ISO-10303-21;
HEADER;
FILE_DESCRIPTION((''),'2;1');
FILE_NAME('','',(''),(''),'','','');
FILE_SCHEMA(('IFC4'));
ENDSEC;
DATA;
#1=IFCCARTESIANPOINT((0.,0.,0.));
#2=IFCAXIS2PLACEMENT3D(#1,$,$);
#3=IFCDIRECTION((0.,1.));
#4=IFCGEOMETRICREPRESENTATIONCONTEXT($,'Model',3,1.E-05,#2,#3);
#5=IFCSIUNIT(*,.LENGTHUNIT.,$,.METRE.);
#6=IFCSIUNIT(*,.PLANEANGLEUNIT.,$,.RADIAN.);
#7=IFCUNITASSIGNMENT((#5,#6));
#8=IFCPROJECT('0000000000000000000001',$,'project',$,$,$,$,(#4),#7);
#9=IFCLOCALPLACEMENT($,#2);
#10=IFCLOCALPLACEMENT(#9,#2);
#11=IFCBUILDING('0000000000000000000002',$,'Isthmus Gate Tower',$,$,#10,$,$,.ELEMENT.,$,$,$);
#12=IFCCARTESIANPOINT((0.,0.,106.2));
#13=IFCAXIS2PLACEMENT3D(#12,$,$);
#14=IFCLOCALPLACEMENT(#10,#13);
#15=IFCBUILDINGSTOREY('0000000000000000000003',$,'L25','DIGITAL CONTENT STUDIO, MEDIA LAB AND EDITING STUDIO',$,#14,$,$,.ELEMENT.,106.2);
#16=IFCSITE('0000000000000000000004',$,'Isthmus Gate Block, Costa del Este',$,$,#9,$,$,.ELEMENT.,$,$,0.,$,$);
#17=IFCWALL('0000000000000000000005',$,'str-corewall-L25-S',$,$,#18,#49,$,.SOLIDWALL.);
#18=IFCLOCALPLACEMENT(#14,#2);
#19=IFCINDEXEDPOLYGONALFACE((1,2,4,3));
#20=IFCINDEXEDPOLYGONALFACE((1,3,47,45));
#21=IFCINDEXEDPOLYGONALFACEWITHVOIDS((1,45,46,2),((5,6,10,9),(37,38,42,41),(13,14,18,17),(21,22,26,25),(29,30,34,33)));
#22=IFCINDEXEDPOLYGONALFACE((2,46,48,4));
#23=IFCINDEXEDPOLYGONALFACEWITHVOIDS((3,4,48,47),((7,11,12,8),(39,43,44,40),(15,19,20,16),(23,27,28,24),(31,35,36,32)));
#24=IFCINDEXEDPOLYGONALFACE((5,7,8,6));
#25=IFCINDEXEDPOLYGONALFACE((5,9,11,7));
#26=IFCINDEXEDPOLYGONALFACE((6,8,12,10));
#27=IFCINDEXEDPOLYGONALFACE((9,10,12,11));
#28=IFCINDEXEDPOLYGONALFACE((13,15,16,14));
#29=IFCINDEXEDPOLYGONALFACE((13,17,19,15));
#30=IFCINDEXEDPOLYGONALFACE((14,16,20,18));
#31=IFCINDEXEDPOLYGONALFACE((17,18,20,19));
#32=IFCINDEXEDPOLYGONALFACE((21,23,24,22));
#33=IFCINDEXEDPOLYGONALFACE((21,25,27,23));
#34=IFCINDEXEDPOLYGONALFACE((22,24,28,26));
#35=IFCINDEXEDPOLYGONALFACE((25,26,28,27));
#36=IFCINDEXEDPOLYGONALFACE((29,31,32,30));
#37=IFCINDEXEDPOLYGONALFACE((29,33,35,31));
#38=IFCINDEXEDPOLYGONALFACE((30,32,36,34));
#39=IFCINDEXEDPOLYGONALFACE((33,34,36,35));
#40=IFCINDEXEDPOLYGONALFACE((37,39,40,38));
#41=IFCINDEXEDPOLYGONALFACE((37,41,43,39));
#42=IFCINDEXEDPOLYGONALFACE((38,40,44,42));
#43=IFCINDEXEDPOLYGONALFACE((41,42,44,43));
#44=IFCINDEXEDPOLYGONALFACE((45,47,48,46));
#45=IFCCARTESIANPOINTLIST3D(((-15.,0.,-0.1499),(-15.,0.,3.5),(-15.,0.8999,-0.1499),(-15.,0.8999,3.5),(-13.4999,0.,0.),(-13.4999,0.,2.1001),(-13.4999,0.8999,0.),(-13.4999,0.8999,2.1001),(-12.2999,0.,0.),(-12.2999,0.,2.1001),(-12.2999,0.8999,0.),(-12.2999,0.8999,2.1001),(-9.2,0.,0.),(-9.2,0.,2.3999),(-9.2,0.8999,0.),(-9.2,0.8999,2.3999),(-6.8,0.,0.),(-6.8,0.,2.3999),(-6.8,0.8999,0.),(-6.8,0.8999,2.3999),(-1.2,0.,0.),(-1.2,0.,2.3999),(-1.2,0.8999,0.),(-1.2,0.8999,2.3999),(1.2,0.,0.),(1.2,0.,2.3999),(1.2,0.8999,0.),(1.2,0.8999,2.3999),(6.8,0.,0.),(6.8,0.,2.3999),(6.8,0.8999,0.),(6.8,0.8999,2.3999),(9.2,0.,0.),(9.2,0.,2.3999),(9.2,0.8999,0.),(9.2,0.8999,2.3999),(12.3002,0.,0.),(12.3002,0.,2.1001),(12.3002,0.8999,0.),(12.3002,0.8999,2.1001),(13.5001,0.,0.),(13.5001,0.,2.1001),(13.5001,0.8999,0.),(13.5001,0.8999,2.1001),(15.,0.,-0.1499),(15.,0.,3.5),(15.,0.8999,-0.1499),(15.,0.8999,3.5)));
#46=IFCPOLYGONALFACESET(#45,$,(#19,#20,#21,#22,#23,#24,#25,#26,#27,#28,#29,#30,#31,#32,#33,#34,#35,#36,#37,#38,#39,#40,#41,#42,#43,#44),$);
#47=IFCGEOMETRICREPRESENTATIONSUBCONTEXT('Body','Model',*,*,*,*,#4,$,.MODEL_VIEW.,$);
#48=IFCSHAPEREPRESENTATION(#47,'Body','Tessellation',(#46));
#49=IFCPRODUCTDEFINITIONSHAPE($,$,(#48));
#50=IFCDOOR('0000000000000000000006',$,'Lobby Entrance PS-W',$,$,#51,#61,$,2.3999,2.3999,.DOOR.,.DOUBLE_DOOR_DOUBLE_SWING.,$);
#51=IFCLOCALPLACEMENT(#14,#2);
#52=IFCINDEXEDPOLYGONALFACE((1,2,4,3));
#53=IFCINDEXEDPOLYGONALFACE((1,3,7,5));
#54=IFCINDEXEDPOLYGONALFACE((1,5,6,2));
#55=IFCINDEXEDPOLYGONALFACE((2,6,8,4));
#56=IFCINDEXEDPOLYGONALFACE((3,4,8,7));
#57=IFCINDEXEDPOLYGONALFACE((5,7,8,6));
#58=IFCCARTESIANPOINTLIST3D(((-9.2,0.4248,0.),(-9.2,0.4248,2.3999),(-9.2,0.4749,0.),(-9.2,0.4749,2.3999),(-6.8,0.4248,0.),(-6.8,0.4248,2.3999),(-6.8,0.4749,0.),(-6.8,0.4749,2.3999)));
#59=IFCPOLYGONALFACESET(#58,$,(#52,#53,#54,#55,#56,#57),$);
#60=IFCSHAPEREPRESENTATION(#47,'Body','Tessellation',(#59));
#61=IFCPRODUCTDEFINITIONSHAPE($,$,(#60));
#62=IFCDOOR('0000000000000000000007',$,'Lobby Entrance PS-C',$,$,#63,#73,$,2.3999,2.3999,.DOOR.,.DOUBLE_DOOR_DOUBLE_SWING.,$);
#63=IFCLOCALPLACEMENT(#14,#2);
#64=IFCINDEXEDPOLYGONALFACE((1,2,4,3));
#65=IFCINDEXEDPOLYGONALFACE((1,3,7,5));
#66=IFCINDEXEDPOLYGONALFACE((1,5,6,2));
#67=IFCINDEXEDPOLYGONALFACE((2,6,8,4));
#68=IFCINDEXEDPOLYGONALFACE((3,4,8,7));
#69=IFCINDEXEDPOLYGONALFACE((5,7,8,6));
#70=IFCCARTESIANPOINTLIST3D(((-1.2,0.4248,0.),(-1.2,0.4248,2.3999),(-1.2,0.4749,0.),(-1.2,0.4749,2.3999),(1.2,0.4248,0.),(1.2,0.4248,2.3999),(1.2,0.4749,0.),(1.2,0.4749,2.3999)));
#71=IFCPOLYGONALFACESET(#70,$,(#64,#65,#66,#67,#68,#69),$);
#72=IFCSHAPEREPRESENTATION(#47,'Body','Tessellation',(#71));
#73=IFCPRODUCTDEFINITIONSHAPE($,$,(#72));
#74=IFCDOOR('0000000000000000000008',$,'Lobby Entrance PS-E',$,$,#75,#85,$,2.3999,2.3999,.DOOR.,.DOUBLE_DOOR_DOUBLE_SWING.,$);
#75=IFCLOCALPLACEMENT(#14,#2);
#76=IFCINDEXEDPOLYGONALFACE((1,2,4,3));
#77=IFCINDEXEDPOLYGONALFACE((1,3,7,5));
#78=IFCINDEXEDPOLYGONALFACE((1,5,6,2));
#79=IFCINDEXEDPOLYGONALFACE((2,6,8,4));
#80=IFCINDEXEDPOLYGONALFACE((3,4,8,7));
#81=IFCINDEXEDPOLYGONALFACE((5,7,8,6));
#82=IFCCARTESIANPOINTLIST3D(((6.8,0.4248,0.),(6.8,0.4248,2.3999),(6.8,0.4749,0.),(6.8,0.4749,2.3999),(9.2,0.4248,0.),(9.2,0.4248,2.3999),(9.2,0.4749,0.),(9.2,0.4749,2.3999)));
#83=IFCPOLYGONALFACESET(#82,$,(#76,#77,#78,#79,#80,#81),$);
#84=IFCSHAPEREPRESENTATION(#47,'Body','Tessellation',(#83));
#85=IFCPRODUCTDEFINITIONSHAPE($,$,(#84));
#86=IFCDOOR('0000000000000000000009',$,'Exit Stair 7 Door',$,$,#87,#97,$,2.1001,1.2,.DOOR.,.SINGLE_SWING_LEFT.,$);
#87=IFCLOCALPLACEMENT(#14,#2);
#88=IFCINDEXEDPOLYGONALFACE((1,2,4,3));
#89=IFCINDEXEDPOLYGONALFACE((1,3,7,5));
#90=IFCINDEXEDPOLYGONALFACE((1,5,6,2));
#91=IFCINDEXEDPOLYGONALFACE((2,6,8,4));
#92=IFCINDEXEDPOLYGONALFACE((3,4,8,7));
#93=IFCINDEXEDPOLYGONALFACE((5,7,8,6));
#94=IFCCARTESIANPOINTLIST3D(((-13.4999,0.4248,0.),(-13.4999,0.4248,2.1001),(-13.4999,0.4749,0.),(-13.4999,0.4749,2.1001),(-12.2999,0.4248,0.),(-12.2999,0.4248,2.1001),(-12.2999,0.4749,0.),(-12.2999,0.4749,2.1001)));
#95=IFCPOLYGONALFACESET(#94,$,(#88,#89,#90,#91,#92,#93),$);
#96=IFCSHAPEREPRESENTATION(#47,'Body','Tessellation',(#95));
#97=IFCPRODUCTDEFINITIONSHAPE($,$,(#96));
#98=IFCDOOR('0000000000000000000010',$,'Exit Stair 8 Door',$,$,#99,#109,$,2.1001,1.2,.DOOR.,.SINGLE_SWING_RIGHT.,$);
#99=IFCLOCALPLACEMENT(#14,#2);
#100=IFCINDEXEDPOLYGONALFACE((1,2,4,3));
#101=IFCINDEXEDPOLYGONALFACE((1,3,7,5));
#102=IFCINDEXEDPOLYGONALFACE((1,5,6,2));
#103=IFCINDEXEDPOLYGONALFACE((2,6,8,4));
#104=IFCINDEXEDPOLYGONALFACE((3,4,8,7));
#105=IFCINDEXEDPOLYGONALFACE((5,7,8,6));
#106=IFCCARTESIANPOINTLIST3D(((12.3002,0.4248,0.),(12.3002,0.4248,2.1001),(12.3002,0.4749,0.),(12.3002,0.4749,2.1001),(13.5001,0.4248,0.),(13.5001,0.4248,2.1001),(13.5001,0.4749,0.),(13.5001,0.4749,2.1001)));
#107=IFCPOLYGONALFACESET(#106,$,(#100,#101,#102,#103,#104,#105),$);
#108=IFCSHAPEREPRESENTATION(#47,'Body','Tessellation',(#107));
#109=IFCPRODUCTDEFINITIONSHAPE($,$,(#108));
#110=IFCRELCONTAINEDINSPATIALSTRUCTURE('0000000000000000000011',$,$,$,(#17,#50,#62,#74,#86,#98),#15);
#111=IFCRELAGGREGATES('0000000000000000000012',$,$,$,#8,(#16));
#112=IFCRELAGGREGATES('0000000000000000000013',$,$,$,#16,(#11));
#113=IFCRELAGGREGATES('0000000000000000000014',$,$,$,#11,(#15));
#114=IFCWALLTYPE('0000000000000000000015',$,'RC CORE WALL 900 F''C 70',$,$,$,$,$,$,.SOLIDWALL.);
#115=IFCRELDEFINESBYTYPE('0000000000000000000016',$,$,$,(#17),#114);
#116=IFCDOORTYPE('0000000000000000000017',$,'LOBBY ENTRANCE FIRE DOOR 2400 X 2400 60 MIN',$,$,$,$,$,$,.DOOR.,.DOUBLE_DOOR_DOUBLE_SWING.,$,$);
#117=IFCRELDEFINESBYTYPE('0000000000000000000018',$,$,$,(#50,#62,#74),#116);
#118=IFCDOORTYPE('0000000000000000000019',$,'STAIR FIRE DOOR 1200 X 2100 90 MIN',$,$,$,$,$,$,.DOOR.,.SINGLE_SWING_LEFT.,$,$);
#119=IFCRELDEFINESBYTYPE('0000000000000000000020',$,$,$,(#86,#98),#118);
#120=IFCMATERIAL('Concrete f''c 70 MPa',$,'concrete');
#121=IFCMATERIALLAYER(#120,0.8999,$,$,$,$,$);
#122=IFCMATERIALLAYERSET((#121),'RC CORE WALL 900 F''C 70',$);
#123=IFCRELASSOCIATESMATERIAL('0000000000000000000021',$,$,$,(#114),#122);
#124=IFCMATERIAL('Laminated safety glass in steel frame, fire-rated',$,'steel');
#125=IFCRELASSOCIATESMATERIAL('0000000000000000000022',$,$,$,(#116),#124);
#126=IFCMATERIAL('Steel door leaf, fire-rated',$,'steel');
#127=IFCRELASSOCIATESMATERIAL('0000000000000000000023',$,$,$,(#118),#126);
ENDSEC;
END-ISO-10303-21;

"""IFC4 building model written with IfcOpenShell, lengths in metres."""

from ifc_helpers import new_model, si_unit, direction, frame, frame_2d, origin, place, context, subcontext, project, spatial, rectangle, extrude, material, layer, layer_set, type_object, element, fill, save


model = new_model("IFC4")

# Units and contexts
model_context = context("Model", 3, precision=1e-05, world=origin(), true_north=direction((0.0, 1.0)))
body_context = subcontext(model_context, "Body", "Model", "MODEL_VIEW")
ifc_project = project(units=[si_unit("LENGTHUNIT", "METRE"), si_unit("PLANEANGLEUNIT", "RADIAN")], contexts=[model_context])

# Site, building, storey
site_placement = place(None, origin())
site = spatial("IfcSite", under=ifc_project, at=site_placement, Name="Isthmus Gate Block, Costa del Este", CompositionType="ELEMENT", RefElevation=0.0)
building_placement = place(site_placement, origin())
building = spatial("IfcBuilding", under=site, at=building_placement, Name="Isthmus Gate Tower", CompositionType="ELEMENT")
storey_placement = place(building_placement, frame((0.0, 0.0, 106.2)))
storey = spatial("IfcBuildingStorey", under=building, at=storey_placement, Name="L25", Description="DIGITAL CONTENT STUDIO, MEDIA LAB AND EDITING STUDIO", CompositionType="ELEMENT", Elevation=106.2)

# Wall, openings, doors
ifc_material_1 = material(Name="Concrete f'c 70 MPa", Category="concrete")
ifc_layer_1 = layer(ifc_material_1, 0.8999)
ifc_layer_set_1 = layer_set([ifc_layer_1], Name="RC CORE WALL 900 F'C 70")
wall_type_1 = type_object("IfcWallType", Name="RC CORE WALL 900 F'C 70", PredefinedType="SOLIDWALL", material=ifc_layer_set_1)
wall_1_placement = place(storey_placement, frame((-15.0, 0.45, -0.1499), z_axis=(0.0, 0.0, 1.0), x_axis=(1.0, 0.0, 0.0)))
wall_1 = element("IfcWall", 1, at=wall_1_placement, inside=storey, type_object=wall_type_1, Name="str-corewall-L25-S", PredefinedType="SOLIDWALL", context=body_context, shape_type="SweptSolid", body=[
    extrude(rectangle(XDim=30.0, YDim=0.8999, at=frame_2d((15.0, 0.0))), origin(), (0.0, 0.0, 1.0), 3.6499),
])
opening_1_placement = place(wall_1_placement, frame((5.8, 0.0, 0.1499)))
opening_1 = element("IfcOpeningElement", 2, at=opening_1_placement, cuts=wall_1, PredefinedType="OPENING", context=body_context, shape_type="SweptSolid", body=[
    extrude(rectangle(XDim=2.3999, YDim=2.3999, at=frame_2d((1.2, 1.2))), frame((0.0, 0.46, 0.0), z_axis=(0.0, -1.0, 0.0), x_axis=(1.0, 0.0, 0.0)), (0.0, 0.0, 1.0), 0.9199),
])
opening_2_placement = place(wall_1_placement, frame((13.8, 0.0, 0.1499)))
opening_2 = element("IfcOpeningElement", 3, at=opening_2_placement, cuts=wall_1, PredefinedType="OPENING", context=body_context, shape_type="SweptSolid", body=[
    extrude(rectangle(XDim=2.3999, YDim=2.3999, at=frame_2d((1.2, 1.2))), frame((0.0, 0.46, 0.0), z_axis=(0.0, -1.0, 0.0), x_axis=(1.0, 0.0, 0.0)), (0.0, 0.0, 1.0), 0.9199),
])
opening_3_placement = place(wall_1_placement, frame((21.8, 0.0, 0.1499)))
opening_3 = element("IfcOpeningElement", 4, at=opening_3_placement, cuts=wall_1, PredefinedType="OPENING", context=body_context, shape_type="SweptSolid", body=[
    extrude(rectangle(XDim=2.3999, YDim=2.3999, at=frame_2d((1.2, 1.2))), frame((0.0, 0.46, 0.0), z_axis=(0.0, -1.0, 0.0), x_axis=(1.0, 0.0, 0.0)), (0.0, 0.0, 1.0), 0.9199),
])
opening_4_placement = place(wall_1_placement, frame((1.5, 0.0, 0.1499)))
opening_4 = element("IfcOpeningElement", 5, at=opening_4_placement, cuts=wall_1, PredefinedType="OPENING", context=body_context, shape_type="SweptSolid", body=[
    extrude(rectangle(XDim=1.2, YDim=2.1001, at=frame_2d((0.6001, 1.05))), frame((0.0, 0.46, 0.0), z_axis=(0.0, -1.0, 0.0), x_axis=(1.0, 0.0, 0.0)), (0.0, 0.0, 1.0), 0.9199),
])
opening_5_placement = place(wall_1_placement, frame((27.3, 0.0, 0.1499)))
opening_5 = element("IfcOpeningElement", 6, at=opening_5_placement, cuts=wall_1, PredefinedType="OPENING", context=body_context, shape_type="SweptSolid", body=[
    extrude(rectangle(XDim=1.2, YDim=2.1001, at=frame_2d((0.6001, 1.05))), frame((0.0, 0.46, 0.0), z_axis=(0.0, -1.0, 0.0), x_axis=(1.0, 0.0, 0.0)), (0.0, 0.0, 1.0), 0.9199),
])
ifc_material_2 = material(Name="Laminated safety glass in steel frame, fire-rated", Category="steel")
door_type_1 = type_object("IfcDoorType", Name="LOBBY ENTRANCE FIRE DOOR 2400 X 2400 60 MIN", OperationType="DOUBLE_DOOR_DOUBLE_SWING", PredefinedType="DOOR", material=ifc_material_2)
door_1_placement = place(opening_1_placement, origin())
door_1 = element("IfcDoor", 7, at=door_1_placement, inside=storey, type_object=door_type_1, Name="Lobby Entrance PS-W", OperationType="DOUBLE_DOOR_DOUBLE_SWING", OverallHeight=2.3999, OverallWidth=2.3999, PredefinedType="DOOR", context=body_context, shape_type="SweptSolid", body=[
    extrude(rectangle(XDim=2.3999, YDim=2.3999, at=frame_2d((1.2, 1.2))), frame((0.0, 0.0249, 0.0), z_axis=(0.0, -1.0, 0.0), x_axis=(1.0, 0.0, 0.0)), (0.0, 0.0, 1.0), 0.05),
])
fill(opening_1, door_1)
door_2_placement = place(opening_2_placement, origin())
door_2 = element("IfcDoor", 8, at=door_2_placement, inside=storey, type_object=door_type_1, Name="Lobby Entrance PS-C", OperationType="DOUBLE_DOOR_DOUBLE_SWING", OverallHeight=2.3999, OverallWidth=2.3999, PredefinedType="DOOR", context=body_context, shape_type="SweptSolid", body=[
    extrude(rectangle(XDim=2.3999, YDim=2.3999, at=frame_2d((1.2, 1.2))), frame((0.0, 0.0249, 0.0), z_axis=(0.0, -1.0, 0.0), x_axis=(1.0, 0.0, 0.0)), (0.0, 0.0, 1.0), 0.05),
])
fill(opening_2, door_2)
door_3_placement = place(opening_3_placement, origin())
door_3 = element("IfcDoor", 9, at=door_3_placement, inside=storey, type_object=door_type_1, Name="Lobby Entrance PS-E", OperationType="DOUBLE_DOOR_DOUBLE_SWING", OverallHeight=2.3999, OverallWidth=2.3999, PredefinedType="DOOR", context=body_context, shape_type="SweptSolid", body=[
    extrude(rectangle(XDim=2.3999, YDim=2.3999, at=frame_2d((1.2, 1.2))), frame((0.0, 0.0249, 0.0), z_axis=(0.0, -1.0, 0.0), x_axis=(1.0, 0.0, 0.0)), (0.0, 0.0, 1.0), 0.05),
])
fill(opening_3, door_3)
ifc_material_3 = material(Name="Steel door leaf, fire-rated", Category="steel")
door_type_2 = type_object("IfcDoorType", Name="STAIR FIRE DOOR 1200 X 2100 90 MIN", OperationType="SINGLE_SWING_LEFT", PredefinedType="DOOR", material=ifc_material_3)
door_4_placement = place(opening_4_placement, origin())
door_4 = element("IfcDoor", 10, at=door_4_placement, inside=storey, type_object=door_type_2, Name="Exit Stair 7 Door", OperationType="SINGLE_SWING_LEFT", OverallHeight=2.1001, OverallWidth=1.2, PredefinedType="DOOR", context=body_context, shape_type="SweptSolid", body=[
    extrude(rectangle(XDim=1.2, YDim=2.1001, at=frame_2d((0.6001, 1.05))), frame((0.0, 0.0249, 0.0), z_axis=(0.0, -1.0, 0.0), x_axis=(1.0, 0.0, 0.0)), (0.0, 0.0, 1.0), 0.05),
])
fill(opening_4, door_4)
door_5_placement = place(opening_5_placement, origin())
door_5 = element("IfcDoor", 11, at=door_5_placement, inside=storey, type_object=door_type_2, Name="Exit Stair 8 Door", OperationType="SINGLE_SWING_RIGHT", OverallHeight=2.1001, OverallWidth=1.2, PredefinedType="DOOR", context=body_context, shape_type="SweptSolid", body=[
    extrude(rectangle(XDim=1.2, YDim=2.1001, at=frame_2d((0.6001, 1.05))), frame((0.0, 0.0249, 0.0), z_axis=(0.0, -1.0, 0.0), x_axis=(1.0, 0.0, 0.0)), (0.0, 0.0, 1.0), 0.05),
])
fill(opening_5, door_5)

save(model, "model.ifc")
